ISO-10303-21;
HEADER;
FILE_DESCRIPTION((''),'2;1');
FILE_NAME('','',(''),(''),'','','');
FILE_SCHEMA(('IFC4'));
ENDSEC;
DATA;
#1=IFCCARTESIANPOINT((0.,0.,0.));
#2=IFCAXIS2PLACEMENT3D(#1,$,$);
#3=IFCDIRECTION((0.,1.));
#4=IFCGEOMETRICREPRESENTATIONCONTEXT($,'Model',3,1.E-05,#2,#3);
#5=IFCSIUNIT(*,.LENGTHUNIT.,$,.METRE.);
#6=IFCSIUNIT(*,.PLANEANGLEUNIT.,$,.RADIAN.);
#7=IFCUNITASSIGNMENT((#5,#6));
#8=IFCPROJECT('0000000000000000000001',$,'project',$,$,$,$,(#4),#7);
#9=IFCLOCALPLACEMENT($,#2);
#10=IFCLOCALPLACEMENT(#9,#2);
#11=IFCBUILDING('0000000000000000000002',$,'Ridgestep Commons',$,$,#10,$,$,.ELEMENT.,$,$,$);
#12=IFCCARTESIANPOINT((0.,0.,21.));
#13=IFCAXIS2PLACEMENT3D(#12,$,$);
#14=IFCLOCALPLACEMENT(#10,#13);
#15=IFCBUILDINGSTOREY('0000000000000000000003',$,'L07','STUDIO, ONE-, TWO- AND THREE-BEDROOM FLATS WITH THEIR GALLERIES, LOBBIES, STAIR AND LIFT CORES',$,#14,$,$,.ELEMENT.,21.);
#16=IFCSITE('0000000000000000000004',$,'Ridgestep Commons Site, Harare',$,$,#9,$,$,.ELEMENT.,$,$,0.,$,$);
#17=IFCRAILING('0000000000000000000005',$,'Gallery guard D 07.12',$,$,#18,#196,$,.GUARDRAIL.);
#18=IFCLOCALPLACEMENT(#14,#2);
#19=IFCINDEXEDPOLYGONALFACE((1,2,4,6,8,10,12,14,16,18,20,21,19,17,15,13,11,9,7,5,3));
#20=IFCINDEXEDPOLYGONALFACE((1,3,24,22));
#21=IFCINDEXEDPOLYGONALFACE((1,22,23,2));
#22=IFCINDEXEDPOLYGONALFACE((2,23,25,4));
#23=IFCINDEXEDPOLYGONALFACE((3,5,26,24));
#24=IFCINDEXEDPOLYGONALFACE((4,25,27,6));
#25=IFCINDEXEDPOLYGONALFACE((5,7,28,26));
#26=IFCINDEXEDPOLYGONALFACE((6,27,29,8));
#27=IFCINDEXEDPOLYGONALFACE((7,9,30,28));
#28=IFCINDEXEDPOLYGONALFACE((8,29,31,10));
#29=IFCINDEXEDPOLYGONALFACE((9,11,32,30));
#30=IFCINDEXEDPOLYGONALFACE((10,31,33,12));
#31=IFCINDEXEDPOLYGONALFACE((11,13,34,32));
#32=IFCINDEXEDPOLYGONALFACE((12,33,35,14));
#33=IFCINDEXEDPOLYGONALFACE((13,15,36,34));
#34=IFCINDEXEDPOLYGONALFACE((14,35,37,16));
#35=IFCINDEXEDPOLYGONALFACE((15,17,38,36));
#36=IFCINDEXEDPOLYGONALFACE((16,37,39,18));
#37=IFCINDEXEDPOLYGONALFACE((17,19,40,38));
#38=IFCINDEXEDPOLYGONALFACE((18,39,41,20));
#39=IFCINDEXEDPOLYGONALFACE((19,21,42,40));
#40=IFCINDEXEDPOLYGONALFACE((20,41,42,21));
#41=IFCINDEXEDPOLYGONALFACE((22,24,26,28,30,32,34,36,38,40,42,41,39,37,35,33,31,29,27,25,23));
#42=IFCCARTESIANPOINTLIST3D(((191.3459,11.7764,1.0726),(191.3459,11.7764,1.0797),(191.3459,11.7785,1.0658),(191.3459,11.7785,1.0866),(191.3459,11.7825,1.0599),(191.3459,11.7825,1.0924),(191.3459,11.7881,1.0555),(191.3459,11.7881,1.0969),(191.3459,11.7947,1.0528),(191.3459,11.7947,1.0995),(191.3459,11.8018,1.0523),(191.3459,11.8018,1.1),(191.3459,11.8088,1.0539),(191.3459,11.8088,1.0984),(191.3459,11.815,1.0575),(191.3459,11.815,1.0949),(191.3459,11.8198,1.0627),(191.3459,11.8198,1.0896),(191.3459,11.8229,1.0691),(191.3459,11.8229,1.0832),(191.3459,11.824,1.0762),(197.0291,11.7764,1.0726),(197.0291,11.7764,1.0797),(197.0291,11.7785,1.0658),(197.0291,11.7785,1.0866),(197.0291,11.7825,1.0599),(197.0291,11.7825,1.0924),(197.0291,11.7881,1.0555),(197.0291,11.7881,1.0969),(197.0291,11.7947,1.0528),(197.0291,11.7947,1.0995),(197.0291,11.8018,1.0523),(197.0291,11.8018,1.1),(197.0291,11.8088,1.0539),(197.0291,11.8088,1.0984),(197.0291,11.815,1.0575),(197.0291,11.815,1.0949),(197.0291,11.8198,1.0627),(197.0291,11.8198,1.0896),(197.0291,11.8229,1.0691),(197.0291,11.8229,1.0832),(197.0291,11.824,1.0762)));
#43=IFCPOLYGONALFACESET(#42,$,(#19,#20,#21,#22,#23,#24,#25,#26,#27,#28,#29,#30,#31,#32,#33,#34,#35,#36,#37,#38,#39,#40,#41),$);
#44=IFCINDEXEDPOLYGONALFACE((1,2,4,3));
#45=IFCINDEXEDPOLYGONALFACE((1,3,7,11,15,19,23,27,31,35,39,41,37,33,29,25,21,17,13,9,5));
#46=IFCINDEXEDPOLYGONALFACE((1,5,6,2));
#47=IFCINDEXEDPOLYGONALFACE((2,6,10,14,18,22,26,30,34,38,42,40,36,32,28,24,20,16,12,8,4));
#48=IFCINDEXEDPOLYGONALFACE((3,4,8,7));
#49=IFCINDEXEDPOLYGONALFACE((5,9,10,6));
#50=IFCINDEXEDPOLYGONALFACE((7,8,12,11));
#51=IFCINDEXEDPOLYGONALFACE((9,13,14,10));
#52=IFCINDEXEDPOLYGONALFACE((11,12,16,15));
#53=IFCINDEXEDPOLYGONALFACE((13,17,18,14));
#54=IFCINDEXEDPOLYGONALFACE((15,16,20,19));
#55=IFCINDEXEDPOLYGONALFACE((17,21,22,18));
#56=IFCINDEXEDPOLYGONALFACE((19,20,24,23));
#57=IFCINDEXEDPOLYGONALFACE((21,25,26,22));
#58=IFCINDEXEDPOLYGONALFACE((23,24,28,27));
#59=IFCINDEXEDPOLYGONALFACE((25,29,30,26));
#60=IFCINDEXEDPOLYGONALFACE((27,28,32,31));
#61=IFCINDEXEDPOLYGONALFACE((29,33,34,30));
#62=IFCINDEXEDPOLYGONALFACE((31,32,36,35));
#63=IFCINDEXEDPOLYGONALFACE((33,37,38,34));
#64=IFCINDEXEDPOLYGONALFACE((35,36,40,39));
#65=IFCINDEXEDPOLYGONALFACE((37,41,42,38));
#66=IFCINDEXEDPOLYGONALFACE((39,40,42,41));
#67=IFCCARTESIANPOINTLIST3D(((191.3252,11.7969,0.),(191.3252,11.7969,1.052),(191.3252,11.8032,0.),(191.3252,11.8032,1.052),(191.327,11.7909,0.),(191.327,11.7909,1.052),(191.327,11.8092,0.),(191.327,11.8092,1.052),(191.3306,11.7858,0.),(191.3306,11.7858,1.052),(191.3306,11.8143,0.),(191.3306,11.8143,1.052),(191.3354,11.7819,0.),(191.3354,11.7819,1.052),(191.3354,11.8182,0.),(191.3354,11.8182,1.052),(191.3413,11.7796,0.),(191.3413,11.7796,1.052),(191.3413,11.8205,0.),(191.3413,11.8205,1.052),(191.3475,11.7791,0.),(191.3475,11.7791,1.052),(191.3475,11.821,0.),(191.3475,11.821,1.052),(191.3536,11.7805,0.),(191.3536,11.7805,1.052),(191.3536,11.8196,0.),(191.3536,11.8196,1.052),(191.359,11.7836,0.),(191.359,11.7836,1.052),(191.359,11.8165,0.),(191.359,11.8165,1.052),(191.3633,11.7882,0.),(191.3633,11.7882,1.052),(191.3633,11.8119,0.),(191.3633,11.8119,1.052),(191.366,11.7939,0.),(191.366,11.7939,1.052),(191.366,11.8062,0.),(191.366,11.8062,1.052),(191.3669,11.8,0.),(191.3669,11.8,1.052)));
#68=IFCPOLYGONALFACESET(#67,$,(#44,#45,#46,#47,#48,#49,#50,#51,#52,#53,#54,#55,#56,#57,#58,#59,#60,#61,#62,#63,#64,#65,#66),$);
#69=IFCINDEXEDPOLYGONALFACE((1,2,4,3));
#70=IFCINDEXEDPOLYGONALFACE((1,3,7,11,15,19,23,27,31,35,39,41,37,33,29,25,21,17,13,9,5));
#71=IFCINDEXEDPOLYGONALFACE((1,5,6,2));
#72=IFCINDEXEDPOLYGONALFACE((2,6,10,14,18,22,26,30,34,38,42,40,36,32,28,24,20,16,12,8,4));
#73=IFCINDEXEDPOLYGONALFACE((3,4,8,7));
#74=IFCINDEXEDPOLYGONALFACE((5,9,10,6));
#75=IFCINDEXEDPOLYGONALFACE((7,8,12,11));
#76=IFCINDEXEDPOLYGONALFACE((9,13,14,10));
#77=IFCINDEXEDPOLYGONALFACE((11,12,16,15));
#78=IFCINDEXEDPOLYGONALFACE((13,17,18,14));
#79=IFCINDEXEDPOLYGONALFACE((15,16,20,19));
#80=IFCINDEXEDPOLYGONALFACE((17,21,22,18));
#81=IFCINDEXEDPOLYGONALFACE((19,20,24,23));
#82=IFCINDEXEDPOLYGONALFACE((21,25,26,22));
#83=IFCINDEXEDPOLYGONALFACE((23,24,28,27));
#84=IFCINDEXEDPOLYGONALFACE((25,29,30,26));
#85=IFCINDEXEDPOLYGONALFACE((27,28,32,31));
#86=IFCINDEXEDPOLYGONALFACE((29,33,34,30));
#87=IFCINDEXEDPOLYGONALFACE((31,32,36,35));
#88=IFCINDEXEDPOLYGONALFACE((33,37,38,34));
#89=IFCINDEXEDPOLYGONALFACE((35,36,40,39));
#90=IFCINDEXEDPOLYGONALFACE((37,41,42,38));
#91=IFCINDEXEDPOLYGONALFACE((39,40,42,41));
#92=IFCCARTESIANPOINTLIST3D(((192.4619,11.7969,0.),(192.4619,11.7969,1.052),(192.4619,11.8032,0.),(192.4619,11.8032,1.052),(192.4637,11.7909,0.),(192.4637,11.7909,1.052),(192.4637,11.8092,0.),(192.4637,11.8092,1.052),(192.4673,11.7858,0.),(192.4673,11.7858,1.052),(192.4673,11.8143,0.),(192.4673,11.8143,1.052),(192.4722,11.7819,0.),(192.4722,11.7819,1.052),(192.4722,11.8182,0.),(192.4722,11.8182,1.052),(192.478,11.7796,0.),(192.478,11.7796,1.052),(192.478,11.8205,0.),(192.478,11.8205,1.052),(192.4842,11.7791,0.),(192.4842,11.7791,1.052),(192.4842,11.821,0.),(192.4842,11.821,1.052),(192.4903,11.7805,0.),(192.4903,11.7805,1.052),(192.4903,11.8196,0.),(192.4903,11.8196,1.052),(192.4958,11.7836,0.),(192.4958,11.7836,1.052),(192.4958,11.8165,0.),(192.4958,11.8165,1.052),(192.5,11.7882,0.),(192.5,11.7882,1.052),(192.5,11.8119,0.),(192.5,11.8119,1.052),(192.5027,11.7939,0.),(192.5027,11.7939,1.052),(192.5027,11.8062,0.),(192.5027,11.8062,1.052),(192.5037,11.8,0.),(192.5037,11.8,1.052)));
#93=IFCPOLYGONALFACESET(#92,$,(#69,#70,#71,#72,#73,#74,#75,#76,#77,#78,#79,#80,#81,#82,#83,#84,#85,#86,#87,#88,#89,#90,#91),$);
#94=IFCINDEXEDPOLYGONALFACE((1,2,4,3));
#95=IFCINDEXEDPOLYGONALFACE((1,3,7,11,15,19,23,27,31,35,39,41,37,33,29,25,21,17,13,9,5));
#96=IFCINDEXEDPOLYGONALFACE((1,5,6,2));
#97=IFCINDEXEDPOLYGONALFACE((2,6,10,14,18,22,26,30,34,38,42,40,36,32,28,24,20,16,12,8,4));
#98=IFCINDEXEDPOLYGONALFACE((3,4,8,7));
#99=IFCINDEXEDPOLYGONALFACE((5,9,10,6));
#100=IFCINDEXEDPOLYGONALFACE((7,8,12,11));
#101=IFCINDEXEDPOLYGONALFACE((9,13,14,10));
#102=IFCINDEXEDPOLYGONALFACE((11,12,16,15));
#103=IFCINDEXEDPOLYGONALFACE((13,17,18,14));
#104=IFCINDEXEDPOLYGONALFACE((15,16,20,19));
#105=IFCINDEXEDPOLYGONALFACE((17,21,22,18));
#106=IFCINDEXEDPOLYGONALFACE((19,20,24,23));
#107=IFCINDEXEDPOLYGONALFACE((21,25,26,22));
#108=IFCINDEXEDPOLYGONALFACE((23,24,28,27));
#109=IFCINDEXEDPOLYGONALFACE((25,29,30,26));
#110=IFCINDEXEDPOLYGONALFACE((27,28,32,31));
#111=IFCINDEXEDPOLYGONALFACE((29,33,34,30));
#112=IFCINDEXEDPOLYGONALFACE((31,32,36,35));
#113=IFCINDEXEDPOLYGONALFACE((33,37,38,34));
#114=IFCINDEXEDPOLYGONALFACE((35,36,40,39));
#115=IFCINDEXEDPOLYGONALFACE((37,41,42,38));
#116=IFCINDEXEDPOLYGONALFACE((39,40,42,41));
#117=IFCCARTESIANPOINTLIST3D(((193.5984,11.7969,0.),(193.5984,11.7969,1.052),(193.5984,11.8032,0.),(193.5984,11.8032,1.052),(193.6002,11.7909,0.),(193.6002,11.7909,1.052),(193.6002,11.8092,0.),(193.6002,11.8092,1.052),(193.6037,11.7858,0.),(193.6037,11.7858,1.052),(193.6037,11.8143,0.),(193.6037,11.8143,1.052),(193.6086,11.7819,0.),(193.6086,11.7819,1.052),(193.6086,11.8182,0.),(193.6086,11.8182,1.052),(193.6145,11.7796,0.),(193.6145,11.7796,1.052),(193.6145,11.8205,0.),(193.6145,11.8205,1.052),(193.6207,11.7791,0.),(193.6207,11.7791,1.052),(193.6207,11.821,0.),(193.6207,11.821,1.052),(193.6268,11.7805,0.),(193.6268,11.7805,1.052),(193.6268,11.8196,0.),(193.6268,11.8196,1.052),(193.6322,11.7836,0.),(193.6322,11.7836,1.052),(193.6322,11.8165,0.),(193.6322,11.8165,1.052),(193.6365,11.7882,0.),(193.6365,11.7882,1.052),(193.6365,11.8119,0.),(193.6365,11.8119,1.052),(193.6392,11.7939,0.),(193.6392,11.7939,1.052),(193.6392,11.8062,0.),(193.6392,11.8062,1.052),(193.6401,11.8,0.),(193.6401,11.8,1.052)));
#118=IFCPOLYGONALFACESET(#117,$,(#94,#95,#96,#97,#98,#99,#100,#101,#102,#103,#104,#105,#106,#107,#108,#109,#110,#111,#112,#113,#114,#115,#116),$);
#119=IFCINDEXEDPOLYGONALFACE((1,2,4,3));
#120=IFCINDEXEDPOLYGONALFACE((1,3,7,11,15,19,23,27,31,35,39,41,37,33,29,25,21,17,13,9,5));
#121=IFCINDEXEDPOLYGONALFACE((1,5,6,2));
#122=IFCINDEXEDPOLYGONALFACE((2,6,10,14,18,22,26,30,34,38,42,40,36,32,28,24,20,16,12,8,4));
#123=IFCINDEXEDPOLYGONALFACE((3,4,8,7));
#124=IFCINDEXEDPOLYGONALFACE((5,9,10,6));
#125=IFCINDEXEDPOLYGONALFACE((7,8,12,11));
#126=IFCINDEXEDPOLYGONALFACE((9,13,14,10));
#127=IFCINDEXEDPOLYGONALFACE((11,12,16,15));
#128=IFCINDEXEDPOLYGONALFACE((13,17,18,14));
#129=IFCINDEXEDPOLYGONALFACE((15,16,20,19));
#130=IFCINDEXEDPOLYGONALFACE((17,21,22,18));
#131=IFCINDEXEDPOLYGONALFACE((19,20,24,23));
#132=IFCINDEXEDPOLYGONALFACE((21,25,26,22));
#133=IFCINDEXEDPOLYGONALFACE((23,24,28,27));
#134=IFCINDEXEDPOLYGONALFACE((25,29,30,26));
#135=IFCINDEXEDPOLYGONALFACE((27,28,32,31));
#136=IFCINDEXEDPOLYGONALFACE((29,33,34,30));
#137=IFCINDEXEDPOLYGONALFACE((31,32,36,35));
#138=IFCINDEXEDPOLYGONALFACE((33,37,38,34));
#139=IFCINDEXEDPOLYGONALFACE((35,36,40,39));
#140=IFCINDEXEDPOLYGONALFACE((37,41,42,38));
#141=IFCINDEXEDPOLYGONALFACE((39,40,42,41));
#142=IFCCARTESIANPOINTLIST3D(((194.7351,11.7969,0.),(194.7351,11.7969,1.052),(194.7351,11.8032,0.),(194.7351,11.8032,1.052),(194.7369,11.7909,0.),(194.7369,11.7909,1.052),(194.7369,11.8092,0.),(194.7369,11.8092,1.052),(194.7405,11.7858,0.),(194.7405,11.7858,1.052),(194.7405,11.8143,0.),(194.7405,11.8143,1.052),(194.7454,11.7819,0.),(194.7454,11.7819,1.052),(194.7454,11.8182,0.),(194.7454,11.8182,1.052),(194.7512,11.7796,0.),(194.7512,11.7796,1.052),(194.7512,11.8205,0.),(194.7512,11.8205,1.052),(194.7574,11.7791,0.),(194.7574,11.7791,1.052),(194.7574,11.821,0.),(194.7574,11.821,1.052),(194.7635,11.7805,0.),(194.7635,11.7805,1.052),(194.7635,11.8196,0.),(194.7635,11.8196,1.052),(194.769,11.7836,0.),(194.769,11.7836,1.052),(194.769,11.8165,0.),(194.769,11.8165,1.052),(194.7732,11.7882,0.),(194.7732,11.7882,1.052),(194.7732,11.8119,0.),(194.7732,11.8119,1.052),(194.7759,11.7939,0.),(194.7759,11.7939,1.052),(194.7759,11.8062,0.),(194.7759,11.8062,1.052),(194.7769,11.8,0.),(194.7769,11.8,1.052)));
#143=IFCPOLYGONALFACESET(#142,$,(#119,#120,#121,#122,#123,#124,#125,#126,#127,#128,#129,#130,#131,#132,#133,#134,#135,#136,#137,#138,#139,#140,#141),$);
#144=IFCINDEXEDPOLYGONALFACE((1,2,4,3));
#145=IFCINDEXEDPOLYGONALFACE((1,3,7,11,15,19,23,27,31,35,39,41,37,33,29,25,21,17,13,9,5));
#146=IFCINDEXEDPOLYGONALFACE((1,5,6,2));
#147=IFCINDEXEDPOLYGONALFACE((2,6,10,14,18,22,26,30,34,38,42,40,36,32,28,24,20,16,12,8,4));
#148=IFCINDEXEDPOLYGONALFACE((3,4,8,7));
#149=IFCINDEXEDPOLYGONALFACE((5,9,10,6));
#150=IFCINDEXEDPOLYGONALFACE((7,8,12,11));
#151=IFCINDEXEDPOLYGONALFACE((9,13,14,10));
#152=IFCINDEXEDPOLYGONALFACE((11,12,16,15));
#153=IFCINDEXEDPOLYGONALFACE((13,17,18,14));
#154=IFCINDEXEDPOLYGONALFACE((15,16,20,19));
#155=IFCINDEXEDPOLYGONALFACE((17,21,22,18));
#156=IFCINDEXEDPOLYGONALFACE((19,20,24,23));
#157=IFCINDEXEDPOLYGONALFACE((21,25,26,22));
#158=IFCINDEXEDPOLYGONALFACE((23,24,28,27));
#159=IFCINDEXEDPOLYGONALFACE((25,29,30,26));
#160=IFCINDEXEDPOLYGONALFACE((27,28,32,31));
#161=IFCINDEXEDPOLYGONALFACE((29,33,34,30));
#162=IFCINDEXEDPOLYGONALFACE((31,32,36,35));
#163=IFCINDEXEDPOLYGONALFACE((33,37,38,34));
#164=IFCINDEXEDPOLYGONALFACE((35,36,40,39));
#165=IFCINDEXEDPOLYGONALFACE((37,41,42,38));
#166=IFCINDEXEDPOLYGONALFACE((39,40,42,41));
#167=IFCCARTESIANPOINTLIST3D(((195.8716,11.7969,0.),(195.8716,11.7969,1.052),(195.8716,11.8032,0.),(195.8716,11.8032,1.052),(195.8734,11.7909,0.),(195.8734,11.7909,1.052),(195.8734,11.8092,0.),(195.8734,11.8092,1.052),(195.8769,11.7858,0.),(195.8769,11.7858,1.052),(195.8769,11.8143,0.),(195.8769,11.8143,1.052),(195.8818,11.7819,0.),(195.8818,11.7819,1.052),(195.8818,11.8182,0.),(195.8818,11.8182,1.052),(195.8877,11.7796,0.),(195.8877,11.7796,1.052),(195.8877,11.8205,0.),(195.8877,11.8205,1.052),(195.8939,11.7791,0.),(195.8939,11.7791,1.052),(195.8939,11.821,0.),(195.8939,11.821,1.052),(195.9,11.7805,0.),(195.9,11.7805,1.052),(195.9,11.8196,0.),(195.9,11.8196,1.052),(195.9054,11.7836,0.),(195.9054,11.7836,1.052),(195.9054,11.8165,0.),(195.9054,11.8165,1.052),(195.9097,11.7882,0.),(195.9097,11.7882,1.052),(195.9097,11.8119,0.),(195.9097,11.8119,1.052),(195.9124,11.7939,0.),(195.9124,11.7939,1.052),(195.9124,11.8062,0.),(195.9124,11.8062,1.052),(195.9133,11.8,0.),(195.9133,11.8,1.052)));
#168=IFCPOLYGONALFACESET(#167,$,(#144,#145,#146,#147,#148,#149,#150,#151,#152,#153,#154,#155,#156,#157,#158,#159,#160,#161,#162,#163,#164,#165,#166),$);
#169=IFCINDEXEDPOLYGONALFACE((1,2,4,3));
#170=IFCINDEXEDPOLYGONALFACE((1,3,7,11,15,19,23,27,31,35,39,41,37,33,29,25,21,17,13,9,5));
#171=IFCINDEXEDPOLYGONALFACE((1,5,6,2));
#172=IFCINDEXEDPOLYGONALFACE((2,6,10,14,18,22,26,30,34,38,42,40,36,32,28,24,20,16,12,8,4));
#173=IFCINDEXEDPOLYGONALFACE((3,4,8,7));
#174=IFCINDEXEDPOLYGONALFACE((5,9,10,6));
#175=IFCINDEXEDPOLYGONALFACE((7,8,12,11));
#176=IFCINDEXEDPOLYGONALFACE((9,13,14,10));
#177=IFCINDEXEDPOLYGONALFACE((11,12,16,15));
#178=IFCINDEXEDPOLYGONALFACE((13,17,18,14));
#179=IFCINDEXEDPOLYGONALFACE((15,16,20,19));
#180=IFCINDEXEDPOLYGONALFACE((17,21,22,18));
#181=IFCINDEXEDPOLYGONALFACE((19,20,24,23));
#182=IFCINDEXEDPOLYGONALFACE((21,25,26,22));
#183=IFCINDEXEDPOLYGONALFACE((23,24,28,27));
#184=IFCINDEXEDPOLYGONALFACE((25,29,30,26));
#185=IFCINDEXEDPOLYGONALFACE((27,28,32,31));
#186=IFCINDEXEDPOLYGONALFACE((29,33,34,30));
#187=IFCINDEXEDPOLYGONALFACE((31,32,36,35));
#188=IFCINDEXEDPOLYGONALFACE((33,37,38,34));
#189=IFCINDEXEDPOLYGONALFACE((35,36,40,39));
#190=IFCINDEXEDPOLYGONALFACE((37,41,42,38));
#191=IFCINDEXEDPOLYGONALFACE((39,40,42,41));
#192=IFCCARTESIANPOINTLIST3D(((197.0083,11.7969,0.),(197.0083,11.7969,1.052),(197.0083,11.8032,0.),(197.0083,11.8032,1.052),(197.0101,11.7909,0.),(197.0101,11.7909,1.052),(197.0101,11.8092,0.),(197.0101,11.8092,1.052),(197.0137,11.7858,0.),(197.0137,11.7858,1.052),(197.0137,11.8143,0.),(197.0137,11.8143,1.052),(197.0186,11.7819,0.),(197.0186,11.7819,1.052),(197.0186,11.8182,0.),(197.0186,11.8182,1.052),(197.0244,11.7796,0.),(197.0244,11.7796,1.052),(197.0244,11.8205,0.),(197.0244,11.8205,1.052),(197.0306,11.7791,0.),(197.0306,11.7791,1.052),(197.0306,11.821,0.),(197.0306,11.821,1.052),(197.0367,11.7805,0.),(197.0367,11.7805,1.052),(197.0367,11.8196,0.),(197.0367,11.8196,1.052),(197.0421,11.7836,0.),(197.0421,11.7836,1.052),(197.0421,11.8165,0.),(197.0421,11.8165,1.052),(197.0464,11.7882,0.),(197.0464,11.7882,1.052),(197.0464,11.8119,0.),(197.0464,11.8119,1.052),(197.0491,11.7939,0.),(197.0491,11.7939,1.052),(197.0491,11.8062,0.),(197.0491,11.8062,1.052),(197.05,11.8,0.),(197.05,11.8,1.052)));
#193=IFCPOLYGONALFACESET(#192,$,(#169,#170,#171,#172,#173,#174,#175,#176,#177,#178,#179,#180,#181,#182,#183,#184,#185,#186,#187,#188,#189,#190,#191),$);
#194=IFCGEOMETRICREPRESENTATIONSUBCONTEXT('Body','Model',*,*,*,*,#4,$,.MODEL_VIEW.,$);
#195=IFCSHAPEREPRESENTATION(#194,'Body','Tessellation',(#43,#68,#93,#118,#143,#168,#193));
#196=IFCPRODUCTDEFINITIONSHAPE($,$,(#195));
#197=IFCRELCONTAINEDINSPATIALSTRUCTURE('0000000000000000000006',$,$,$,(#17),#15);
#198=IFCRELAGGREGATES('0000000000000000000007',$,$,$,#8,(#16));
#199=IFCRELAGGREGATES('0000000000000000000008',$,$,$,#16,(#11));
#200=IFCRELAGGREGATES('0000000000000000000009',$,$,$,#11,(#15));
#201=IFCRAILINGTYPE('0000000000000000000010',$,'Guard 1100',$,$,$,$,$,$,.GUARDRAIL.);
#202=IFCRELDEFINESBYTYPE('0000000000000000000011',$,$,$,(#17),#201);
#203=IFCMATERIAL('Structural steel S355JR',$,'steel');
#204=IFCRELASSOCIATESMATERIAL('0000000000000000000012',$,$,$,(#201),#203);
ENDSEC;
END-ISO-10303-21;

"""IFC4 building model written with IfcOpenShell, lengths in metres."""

from ifc_helpers import new_model, si_unit, direction, frame, origin, origin_2d, place, context, subcontext, project, spatial, circle, extrude, material, type_object, element, save


model = new_model("IFC4")

# Units and contexts
model_context = context("Model", 3, precision=1e-05, world=origin(), true_north=direction((0.0, 1.0)))
body_context = subcontext(model_context, "Body", "Model", "MODEL_VIEW")
ifc_project = project(units=[si_unit("LENGTHUNIT", "METRE"), si_unit("PLANEANGLEUNIT", "RADIAN")], contexts=[model_context])

# Site, building, storey
site_placement = place(None, origin())
site = spatial("IfcSite", under=ifc_project, at=site_placement, Name="Ridgestep Commons Site, Harare", CompositionType="ELEMENT", RefElevation=0.0)
building_placement = place(site_placement, origin())
building = spatial("IfcBuilding", under=site, at=building_placement, Name="Ridgestep Commons", CompositionType="ELEMENT")
storey_placement = place(building_placement, frame((0.0, 0.0, 21.0)))
storey = spatial("IfcBuildingStorey", under=building, at=storey_placement, Name="L07", Description="STUDIO, ONE-, TWO- AND THREE-BEDROOM FLATS WITH THEIR GALLERIES, LOBBIES, STAIR AND LIFT CORES", CompositionType="ELEMENT", Elevation=21.0)

# Railing
ifc_material_1 = material(Name="Structural steel S355JR", Category="steel")
railing_type_1 = type_object("IfcRailingType", Name="Guard 1100", PredefinedType="GUARDRAIL", material=ifc_material_1)
railing_1_placement = place(storey_placement, frame((191.3459, 11.8, 0.0)))
element("IfcRailing", 1, at=railing_1_placement, inside=storey, type_object=railing_type_1, Name="Gallery guard D 07.12", PredefinedType="GUARDRAIL", context=body_context, shape_type="SweptSolid", body=[
    extrude(circle(Radius=0.0239, at=origin_2d()), frame((0.0, 0.0, 1.0762), z_axis=(1.0, 0.0, 0.0), x_axis=(0.0, 1.0, 0.0)), (0.0, 0.0, 1.0), 5.6831),
    extrude(circle(Radius=0.021, at=origin_2d()), origin(), (0.0, 0.0, 1.0), 1.052),
    extrude(circle(Radius=0.021, at=origin_2d()), frame((1.1367, 0.0, 0.0)), (0.0, 0.0, 1.0), 1.052),
    extrude(circle(Radius=0.021, at=origin_2d()), frame((2.2732, 0.0, 0.0)), (0.0, 0.0, 1.0), 1.052),
    extrude(circle(Radius=0.021, at=origin_2d()), frame((3.4099, 0.0, 0.0)), (0.0, 0.0, 1.0), 1.052),
    extrude(circle(Radius=0.021, at=origin_2d()), frame((4.5464, 0.0, 0.0)), (0.0, 0.0, 1.0), 1.052),
    extrude(circle(Radius=0.021, at=origin_2d()), frame((5.6831, 0.0, 0.0)), (0.0, 0.0, 1.0), 1.052),
])

save(model, "model.ifc")
